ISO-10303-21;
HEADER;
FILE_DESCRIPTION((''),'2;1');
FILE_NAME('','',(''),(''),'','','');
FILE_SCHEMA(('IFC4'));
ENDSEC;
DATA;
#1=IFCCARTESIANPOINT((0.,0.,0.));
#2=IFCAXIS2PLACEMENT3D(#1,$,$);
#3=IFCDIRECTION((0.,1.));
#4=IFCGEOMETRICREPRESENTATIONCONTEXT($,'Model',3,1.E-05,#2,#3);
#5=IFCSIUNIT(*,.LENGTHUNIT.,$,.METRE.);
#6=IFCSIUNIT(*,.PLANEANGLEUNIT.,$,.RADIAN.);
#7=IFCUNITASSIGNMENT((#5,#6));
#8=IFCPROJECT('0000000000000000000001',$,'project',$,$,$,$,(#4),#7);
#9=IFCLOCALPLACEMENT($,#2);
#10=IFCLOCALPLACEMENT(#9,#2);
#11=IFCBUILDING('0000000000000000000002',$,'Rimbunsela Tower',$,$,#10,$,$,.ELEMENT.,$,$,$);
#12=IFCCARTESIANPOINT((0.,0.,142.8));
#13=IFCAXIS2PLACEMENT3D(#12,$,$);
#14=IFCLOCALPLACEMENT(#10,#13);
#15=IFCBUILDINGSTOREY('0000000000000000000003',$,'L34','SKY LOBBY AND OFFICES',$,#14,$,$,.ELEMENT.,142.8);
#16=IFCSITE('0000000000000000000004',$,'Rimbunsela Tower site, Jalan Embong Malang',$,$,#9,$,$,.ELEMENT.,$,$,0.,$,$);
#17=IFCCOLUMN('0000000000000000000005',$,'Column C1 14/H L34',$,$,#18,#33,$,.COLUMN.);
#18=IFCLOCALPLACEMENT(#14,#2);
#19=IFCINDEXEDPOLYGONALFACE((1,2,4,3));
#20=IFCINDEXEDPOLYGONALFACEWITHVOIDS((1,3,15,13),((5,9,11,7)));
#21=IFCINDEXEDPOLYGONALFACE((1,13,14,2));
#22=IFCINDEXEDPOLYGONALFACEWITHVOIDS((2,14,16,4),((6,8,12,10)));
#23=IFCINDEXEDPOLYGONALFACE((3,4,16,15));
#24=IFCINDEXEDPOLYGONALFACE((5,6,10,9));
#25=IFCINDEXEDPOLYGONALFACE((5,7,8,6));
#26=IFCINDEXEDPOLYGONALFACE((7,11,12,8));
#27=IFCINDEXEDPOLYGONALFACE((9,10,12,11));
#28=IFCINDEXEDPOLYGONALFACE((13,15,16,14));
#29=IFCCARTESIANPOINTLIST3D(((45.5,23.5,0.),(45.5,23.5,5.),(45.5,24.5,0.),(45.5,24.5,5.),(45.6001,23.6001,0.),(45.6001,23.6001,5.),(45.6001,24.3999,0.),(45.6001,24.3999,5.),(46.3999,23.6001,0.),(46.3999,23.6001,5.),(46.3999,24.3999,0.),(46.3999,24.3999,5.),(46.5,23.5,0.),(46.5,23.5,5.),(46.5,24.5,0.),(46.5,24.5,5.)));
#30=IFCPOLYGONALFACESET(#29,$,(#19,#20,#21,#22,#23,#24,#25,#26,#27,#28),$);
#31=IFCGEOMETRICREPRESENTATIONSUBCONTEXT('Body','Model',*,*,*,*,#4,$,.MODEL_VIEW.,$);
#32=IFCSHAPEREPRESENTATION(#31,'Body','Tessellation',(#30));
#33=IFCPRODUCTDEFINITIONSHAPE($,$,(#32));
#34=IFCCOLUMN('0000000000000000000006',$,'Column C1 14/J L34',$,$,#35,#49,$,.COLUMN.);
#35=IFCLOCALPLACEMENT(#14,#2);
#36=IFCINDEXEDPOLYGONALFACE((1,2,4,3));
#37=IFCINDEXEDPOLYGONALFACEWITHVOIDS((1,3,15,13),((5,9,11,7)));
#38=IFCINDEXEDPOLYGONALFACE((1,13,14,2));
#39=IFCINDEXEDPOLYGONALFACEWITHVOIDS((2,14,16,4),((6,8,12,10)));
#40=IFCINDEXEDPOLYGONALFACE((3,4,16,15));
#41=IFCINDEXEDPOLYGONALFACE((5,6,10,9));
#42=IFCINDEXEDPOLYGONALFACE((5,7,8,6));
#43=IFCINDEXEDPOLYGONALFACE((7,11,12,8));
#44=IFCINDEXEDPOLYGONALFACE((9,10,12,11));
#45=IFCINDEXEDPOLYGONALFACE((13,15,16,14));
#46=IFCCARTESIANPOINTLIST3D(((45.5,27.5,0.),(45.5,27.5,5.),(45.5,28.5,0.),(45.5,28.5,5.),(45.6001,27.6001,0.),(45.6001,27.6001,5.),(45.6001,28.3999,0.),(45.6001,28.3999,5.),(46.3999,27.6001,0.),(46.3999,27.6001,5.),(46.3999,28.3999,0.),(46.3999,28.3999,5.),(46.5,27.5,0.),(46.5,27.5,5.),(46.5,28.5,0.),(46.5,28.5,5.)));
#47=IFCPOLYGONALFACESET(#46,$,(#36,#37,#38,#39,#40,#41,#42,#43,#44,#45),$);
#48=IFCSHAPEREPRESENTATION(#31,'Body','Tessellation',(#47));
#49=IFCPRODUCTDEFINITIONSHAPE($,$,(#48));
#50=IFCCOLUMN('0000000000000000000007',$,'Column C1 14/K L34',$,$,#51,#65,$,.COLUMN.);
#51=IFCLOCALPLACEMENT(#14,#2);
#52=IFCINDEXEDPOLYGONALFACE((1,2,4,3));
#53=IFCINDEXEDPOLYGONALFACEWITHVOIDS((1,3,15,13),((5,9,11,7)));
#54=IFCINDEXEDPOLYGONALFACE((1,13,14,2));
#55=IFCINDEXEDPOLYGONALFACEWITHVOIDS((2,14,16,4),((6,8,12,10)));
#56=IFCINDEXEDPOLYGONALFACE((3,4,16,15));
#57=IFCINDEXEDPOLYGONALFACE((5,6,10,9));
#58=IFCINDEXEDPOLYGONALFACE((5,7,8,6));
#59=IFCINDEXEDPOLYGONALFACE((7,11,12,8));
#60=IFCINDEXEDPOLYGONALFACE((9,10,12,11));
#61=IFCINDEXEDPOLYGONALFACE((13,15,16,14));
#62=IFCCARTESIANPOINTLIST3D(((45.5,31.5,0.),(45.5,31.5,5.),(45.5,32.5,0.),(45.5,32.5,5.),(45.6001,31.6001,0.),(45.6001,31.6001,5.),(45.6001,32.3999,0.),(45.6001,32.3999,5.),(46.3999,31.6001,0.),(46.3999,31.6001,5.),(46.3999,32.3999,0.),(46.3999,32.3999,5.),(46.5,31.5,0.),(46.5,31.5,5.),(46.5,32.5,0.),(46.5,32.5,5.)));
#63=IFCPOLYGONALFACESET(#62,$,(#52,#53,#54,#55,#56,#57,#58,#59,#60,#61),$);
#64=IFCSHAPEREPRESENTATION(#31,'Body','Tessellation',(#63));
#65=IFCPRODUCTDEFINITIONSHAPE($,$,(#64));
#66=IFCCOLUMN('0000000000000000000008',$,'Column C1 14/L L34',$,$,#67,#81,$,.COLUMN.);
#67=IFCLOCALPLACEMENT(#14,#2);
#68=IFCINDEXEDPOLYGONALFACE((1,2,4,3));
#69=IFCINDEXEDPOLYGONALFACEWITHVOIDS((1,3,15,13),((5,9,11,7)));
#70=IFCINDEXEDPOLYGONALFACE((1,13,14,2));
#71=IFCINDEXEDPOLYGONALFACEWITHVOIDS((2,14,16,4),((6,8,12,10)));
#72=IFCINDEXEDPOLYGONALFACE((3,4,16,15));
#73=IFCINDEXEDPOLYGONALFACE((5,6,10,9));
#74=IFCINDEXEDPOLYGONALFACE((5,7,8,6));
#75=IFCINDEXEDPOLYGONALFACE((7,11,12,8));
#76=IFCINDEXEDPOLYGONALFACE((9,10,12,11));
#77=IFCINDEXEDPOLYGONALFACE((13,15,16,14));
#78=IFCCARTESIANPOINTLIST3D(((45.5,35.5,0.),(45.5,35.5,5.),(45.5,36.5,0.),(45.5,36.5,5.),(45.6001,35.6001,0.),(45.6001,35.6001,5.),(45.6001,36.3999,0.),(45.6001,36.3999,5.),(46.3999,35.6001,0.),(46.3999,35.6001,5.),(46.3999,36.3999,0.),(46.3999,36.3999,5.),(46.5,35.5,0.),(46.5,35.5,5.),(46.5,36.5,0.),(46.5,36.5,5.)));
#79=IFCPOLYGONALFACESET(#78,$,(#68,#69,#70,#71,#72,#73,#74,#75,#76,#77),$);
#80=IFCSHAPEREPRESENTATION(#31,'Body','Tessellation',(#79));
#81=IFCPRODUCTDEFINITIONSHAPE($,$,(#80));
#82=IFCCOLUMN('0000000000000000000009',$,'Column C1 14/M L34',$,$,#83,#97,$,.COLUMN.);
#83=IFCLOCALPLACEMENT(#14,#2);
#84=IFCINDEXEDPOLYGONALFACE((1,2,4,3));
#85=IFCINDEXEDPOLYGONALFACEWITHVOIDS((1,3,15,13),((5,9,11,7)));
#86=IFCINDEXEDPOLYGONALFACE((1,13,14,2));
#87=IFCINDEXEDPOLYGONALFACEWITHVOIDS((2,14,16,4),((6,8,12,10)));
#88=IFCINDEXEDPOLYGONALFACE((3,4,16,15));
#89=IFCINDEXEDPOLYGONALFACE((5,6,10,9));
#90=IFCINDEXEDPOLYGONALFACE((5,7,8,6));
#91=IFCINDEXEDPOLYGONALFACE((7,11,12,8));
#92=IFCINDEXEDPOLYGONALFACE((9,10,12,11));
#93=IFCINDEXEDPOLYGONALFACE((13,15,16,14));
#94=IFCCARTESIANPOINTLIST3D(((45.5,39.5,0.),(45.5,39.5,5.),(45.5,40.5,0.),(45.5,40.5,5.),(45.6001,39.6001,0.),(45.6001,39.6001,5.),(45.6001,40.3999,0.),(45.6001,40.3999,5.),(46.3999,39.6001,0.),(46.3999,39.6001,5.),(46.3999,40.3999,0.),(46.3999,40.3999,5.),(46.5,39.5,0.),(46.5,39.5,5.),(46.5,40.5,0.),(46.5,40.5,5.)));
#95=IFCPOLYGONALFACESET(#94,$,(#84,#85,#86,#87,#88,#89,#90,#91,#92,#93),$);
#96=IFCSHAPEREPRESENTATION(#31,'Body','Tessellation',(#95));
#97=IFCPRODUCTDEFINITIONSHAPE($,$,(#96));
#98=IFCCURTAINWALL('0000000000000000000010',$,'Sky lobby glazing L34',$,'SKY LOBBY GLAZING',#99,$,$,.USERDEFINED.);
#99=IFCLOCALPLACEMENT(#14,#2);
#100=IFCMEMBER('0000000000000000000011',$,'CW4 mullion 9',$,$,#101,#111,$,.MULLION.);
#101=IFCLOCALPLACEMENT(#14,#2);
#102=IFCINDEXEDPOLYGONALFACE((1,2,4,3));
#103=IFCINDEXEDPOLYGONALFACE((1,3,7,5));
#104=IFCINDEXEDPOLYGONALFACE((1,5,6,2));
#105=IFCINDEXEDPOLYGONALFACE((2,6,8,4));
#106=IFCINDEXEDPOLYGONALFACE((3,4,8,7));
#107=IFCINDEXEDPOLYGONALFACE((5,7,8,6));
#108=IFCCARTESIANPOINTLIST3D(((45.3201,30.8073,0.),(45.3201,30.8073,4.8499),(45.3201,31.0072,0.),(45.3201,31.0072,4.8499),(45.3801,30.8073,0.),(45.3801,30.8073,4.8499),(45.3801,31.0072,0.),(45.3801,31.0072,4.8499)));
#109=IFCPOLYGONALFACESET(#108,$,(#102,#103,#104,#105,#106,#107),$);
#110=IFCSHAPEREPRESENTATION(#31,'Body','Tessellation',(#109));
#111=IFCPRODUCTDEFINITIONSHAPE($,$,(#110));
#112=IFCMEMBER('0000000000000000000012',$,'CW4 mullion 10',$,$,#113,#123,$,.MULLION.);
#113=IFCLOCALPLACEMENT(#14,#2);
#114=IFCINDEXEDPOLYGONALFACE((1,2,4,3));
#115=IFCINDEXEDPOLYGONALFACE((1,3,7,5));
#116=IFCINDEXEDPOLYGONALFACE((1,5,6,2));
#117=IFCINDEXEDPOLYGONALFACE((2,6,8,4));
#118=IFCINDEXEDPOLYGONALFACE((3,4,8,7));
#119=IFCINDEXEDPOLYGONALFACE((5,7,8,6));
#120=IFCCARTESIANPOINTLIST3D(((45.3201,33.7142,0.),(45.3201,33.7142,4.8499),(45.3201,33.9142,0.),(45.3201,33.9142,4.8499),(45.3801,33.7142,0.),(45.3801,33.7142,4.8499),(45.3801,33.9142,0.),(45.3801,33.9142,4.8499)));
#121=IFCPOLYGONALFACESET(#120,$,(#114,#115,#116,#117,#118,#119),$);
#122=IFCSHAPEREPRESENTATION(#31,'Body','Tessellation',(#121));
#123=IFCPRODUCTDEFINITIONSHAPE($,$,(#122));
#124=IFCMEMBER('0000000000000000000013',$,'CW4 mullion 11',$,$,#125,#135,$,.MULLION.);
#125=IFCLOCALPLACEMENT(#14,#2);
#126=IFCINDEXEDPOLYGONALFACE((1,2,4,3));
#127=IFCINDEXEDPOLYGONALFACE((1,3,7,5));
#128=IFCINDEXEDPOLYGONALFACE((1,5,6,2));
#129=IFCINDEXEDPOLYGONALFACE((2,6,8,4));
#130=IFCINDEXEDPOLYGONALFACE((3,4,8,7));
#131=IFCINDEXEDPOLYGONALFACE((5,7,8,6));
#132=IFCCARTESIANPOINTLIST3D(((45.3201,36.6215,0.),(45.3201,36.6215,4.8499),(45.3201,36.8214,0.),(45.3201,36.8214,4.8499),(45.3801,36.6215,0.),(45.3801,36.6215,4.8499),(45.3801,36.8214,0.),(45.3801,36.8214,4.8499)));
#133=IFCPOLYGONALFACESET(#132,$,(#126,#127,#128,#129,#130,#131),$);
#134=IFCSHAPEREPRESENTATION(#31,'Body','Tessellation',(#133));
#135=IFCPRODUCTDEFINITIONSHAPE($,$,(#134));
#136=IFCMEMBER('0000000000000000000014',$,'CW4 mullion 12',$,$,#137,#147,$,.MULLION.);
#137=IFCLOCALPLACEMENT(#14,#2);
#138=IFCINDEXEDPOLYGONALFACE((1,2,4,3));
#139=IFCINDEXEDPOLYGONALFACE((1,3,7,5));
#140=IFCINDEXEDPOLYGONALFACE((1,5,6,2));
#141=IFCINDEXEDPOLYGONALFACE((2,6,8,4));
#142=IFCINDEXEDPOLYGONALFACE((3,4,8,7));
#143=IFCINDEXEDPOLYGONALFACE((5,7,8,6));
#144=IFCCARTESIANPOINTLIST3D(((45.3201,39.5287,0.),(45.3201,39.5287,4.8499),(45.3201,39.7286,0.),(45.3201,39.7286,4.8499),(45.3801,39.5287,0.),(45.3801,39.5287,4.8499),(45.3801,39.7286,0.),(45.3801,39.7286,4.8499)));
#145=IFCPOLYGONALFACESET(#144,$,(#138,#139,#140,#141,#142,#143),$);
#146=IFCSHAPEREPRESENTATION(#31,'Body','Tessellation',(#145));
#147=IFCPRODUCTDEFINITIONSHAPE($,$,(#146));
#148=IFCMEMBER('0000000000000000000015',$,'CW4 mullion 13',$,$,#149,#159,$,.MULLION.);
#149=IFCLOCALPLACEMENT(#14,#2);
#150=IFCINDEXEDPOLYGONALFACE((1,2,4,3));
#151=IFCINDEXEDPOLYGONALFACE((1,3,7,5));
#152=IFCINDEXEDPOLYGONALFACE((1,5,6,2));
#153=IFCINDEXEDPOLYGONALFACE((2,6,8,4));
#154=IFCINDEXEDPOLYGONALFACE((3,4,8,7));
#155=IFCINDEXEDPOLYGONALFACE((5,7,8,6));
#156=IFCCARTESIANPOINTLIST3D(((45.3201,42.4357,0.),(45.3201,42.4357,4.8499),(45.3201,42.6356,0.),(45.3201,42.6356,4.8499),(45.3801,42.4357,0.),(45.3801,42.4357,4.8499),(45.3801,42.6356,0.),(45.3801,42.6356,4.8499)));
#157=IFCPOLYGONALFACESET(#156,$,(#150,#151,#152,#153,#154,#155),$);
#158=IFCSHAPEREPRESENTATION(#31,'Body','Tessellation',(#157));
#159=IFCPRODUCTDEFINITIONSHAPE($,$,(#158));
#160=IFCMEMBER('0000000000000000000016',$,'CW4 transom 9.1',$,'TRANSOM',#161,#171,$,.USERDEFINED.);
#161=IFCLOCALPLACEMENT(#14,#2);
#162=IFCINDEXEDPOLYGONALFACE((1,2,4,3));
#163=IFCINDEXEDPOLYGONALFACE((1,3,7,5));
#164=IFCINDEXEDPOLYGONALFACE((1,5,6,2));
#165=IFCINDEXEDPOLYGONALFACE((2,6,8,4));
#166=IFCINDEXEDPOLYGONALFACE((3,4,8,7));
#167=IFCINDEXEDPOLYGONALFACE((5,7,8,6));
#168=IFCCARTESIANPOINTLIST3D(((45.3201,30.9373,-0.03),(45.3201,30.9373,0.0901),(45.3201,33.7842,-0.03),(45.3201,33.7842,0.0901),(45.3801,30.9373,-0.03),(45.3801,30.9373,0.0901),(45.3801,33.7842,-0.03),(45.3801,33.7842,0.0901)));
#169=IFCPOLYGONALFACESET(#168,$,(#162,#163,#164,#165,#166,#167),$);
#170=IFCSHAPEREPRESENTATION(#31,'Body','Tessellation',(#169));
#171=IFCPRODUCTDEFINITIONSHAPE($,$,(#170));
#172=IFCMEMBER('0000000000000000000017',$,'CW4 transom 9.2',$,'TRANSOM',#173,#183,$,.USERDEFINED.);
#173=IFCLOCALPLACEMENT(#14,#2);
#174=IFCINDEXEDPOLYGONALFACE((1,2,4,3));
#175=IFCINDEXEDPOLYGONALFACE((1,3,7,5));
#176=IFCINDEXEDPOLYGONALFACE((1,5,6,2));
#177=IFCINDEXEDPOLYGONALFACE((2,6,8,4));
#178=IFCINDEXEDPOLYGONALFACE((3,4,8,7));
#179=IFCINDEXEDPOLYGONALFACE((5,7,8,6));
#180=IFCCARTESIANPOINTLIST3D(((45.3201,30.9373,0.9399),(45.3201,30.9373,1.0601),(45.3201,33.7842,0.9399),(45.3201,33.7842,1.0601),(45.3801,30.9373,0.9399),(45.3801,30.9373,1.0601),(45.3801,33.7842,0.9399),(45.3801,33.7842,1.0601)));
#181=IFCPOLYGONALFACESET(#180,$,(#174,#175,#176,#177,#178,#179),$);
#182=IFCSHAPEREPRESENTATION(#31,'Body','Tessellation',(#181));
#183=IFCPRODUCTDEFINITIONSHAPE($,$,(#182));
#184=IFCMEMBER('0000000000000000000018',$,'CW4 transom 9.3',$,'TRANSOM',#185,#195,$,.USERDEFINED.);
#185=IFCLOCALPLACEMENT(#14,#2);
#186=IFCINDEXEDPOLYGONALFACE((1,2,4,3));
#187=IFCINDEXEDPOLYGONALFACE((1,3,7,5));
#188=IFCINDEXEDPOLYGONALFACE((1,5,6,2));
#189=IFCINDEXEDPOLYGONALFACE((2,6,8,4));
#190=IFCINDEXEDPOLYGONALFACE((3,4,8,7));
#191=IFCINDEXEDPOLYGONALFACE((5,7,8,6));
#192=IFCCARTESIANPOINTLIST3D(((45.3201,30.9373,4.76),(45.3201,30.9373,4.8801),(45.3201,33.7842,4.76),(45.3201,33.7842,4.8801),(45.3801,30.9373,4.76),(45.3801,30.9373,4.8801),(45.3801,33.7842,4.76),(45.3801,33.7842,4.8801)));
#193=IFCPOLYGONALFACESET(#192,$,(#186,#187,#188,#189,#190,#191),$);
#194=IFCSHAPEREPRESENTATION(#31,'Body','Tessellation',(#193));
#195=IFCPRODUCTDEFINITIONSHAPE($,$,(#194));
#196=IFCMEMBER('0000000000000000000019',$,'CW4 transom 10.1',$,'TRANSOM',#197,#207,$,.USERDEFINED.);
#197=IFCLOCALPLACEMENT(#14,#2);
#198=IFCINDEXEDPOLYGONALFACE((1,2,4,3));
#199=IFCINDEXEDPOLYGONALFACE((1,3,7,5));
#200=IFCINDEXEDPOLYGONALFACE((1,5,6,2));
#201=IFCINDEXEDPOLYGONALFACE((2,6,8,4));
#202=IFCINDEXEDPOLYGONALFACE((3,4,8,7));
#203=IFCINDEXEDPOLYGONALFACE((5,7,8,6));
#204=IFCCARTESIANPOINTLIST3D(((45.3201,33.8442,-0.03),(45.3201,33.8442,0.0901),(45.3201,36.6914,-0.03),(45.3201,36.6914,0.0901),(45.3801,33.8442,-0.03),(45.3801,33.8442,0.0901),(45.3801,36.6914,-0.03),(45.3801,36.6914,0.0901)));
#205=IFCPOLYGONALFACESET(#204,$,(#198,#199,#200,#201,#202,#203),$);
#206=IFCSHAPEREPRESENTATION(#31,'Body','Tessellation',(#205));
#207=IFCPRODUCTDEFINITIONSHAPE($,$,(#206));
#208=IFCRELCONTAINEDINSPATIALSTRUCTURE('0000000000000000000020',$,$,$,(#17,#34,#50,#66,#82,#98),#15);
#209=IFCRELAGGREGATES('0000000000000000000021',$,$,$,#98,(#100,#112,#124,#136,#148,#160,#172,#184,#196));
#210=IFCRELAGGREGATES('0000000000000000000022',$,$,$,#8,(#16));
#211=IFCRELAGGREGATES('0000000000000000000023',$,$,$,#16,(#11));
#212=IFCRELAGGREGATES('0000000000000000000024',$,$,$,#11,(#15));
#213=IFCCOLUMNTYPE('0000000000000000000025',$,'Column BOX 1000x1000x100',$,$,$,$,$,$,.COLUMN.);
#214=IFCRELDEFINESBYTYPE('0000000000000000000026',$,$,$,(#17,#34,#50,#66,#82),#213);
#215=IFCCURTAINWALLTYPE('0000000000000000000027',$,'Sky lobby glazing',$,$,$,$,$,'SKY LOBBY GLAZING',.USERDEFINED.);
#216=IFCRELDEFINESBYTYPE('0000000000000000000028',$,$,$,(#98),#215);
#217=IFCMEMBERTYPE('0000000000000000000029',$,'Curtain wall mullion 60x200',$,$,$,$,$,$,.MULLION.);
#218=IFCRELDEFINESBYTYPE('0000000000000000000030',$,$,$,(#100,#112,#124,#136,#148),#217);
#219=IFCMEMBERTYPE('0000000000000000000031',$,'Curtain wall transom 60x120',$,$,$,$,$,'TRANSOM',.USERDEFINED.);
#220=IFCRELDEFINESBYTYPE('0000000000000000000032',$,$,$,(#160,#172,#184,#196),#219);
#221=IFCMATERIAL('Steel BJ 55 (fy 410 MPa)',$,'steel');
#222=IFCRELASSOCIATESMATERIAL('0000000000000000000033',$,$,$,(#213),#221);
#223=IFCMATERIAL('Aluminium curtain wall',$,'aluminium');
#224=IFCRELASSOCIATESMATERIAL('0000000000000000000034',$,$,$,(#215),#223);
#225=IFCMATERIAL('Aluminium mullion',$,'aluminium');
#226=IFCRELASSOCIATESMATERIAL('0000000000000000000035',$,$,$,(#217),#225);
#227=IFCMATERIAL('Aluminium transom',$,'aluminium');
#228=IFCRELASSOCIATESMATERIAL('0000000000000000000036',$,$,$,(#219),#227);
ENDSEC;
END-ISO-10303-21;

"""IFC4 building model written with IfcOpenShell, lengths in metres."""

from ifc_helpers import new_model, si_unit, direction, frame, origin, origin_2d, place, context, subcontext, project, spatial, rectangle, hollow_rectangle, extrude, material, material_profile, profile_set, type_object, element, aggregate, save


model = new_model("IFC4")

# Units and contexts
model_context = context("Model", 3, precision=1e-05, world=origin(), true_north=direction((0.0, 1.0)))
body_context = subcontext(model_context, "Body", "Model", "MODEL_VIEW")
ifc_project = project(units=[si_unit("LENGTHUNIT", "METRE"), si_unit("PLANEANGLEUNIT", "RADIAN")], contexts=[model_context])

# Site, building, storey
site_placement = place(None, origin())
site = spatial("IfcSite", under=ifc_project, at=site_placement, Name="Rimbunsela Tower site, Jalan Embong Malang", CompositionType="ELEMENT", RefElevation=0.0)
building_placement = place(site_placement, origin())
building = spatial("IfcBuilding", under=site, at=building_placement, Name="Rimbunsela Tower", CompositionType="ELEMENT")
storey_placement = place(building_placement, frame((0.0, 0.0, 142.8)))
storey = spatial("IfcBuildingStorey", under=building, at=storey_placement, Name="L34", Description="SKY LOBBY AND OFFICES", CompositionType="ELEMENT", Elevation=142.8)

# Columns
ifc_material_1 = material(Name="Steel BJ 55 (fy 410 MPa)", Category="steel")
ifc_material_profile_1 = material_profile(ifc_material_1, hollow_rectangle(XDim=1.0, YDim=1.0, WallThickness=0.1001, at=origin_2d()), Name="BOX 1000x1000x100")
ifc_profile_set_1 = profile_set([ifc_material_profile_1], Name="Steel BJ 55 (fy 410 MPa)")
column_type = type_object("IfcColumnType", Name="Column BOX 1000x1000x100", PredefinedType="COLUMN", material=ifc_profile_set_1)
for number, where, z_axis, x_axis, name in (
    (1, (46.0, 24.0, 0.0), (0.0, 0.0, 1.0), (1.0, 0.0, 0.0), "Column C1 14/H L34"),
    (2, (46.0, 28.0, 0.0), (0.0, 0.0, 1.0), (1.0, 0.0, 0.0), "Column C1 14/J L34"),
    (3, (46.0, 32.0, 0.0), (0.0, 0.0, 1.0), (1.0, 0.0, 0.0), "Column C1 14/K L34"),
    (4, (46.0, 36.0, 0.0), (0.0, 0.0, 1.0), (1.0, 0.0, 0.0), "Column C1 14/L L34"),
    (5, (46.0, 40.0, 0.0), (0.0, 0.0, 1.0), (1.0, 0.0, 0.0), "Column C1 14/M L34"),
):
    element("IfcColumn", number, at=place(storey_placement, frame(where, z_axis=z_axis, x_axis=x_axis)), inside=storey, type_object=column_type, Name=name, PredefinedType="COLUMN", context=body_context, shape_type="SweptSolid", body=[
        extrude(hollow_rectangle(XDim=1.0, YDim=1.0, WallThickness=0.1001, at=origin_2d()), origin(), (0.0, 0.0, 1.0), 5.0),
    ])

# Curtain wall, members
ifc_material_2 = material(Name="Aluminium curtain wall", Category="aluminium")
curtain_wall_type = type_object("IfcCurtainWallType", Name="Sky lobby glazing", ElementType="SKY LOBBY GLAZING", PredefinedType="USERDEFINED", material=ifc_material_2)
curtain_wall_placement = place(storey_placement, origin())
curtain_wall = element("IfcCurtainWall", 6, at=curtain_wall_placement, inside=storey, type_object=curtain_wall_type, Name="Sky lobby glazing L34", ObjectType="SKY LOBBY GLAZING", PredefinedType="USERDEFINED")
ifc_material_3 = material(Name="Aluminium mullion", Category="aluminium")
ifc_material_profile_2 = material_profile(ifc_material_3, rectangle(XDim=0.0601, YDim=0.2, at=origin_2d()), Name="Mullion 60x200")
ifc_profile_set_2 = profile_set([ifc_material_profile_2], Name="Aluminium mullion")
member_type_1 = type_object("IfcMemberType", Name="Curtain wall mullion 60x200", PredefinedType="MULLION", material=ifc_profile_set_2)
member_1_placement = place(storey_placement, frame((45.3501, 30.9072, 0.0), z_axis=(0.0, 0.0, 1.0), x_axis=(-1.0, 0.0, 0.0)))
member_1 = element("IfcMember", 7, at=member_1_placement, type_object=member_type_1, Name="CW4 mullion 9", PredefinedType="MULLION", context=body_context, shape_type="SweptSolid", body=[
    extrude(rectangle(XDim=0.0601, YDim=0.2, at=origin_2d()), origin(), (0.0, 0.0, 1.0), 4.8499),
])
member_2_placement = place(storey_placement, frame((45.3501, 33.8142, 0.0), z_axis=(0.0, 0.0, 1.0), x_axis=(-1.0, 0.0, 0.0)))
member_2 = element("IfcMember", 8, at=member_2_placement, type_object=member_type_1, Name="CW4 mullion 10", PredefinedType="MULLION", context=body_context, shape_type="SweptSolid", body=[
    extrude(rectangle(XDim=0.0601, YDim=0.2, at=origin_2d()), origin(), (0.0, 0.0, 1.0), 4.8499),
])
member_3_placement = place(storey_placement, frame((45.3501, 36.7214, 0.0), z_axis=(0.0, 0.0, 1.0), x_axis=(-1.0, 0.0, 0.0)))
member_3 = element("IfcMember", 9, at=member_3_placement, type_object=member_type_1, Name="CW4 mullion 11", PredefinedType="MULLION", context=body_context, shape_type="SweptSolid", body=[
    extrude(rectangle(XDim=0.0601, YDim=0.2, at=origin_2d()), origin(), (0.0, 0.0, 1.0), 4.8499),
])
member_4_placement = place(storey_placement, frame((45.3501, 39.6287, 0.0), z_axis=(0.0, 0.0, 1.0), x_axis=(-1.0, 0.0, 0.0)))
member_4 = element("IfcMember", 10, at=member_4_placement, type_object=member_type_1, Name="CW4 mullion 12", PredefinedType="MULLION", context=body_context, shape_type="SweptSolid", body=[
    extrude(rectangle(XDim=0.0601, YDim=0.2, at=origin_2d()), origin(), (0.0, 0.0, 1.0), 4.8499),
])
member_5_placement = place(storey_placement, frame((45.3501, 42.5356, 0.0), z_axis=(0.0, 0.0, 1.0), x_axis=(-1.0, 0.0, 0.0)))
member_5 = element("IfcMember", 11, at=member_5_placement, type_object=member_type_1, Name="CW4 mullion 13", PredefinedType="MULLION", context=body_context, shape_type="SweptSolid", body=[
    extrude(rectangle(XDim=0.0601, YDim=0.2, at=origin_2d()), origin(), (0.0, 0.0, 1.0), 4.8499),
])
ifc_material_4 = material(Name="Aluminium transom", Category="aluminium")
ifc_material_profile_3 = material_profile(ifc_material_4, rectangle(XDim=0.0601, YDim=0.1201, at=origin_2d()), Name="Transom 60x120")
ifc_profile_set_3 = profile_set([ifc_material_profile_3], Name="Aluminium transom")
member_type_2 = type_object("IfcMemberType", Name="Curtain wall transom 60x120", ElementType="TRANSOM", PredefinedType="USERDEFINED", material=ifc_profile_set_3)
member_6_placement = place(storey_placement, frame((45.3501, 30.9373, 0.03), z_axis=(0.0, 1.0, 0.0), x_axis=(-1.0, 0.0, 0.0)))
member_6 = element("IfcMember", 12, at=member_6_placement, type_object=member_type_2, Name="CW4 transom 9.1", ObjectType="TRANSOM", PredefinedType="USERDEFINED", context=body_context, shape_type="SweptSolid", body=[
    extrude(rectangle(XDim=0.0601, YDim=0.1201, at=origin_2d()), origin(), (0.0, 0.0, 1.0), 2.8469),
])
member_7_placement = place(storey_placement, frame((45.3501, 30.9373, 1.0), z_axis=(0.0, 1.0, 0.0), x_axis=(-1.0, 0.0, 0.0)))
member_7 = element("IfcMember", 13, at=member_7_placement, type_object=member_type_2, Name="CW4 transom 9.2", ObjectType="TRANSOM", PredefinedType="USERDEFINED", context=body_context, shape_type="SweptSolid", body=[
    extrude(rectangle(XDim=0.0601, YDim=0.1201, at=origin_2d()), origin(), (0.0, 0.0, 1.0), 2.8469),
])
member_8_placement = place(storey_placement, frame((45.3501, 30.9373, 4.8201), z_axis=(0.0, 1.0, 0.0), x_axis=(-1.0, 0.0, 0.0)))
member_8 = element("IfcMember", 14, at=member_8_placement, type_object=member_type_2, Name="CW4 transom 9.3", ObjectType="TRANSOM", PredefinedType="USERDEFINED", context=body_context, shape_type="SweptSolid", body=[
    extrude(rectangle(XDim=0.0601, YDim=0.1201, at=origin_2d()), origin(), (0.0, 0.0, 1.0), 2.8469),
])
member_9_placement = place(storey_placement, frame((45.3501, 33.8442, 0.03), z_axis=(0.0, 1.0, 0.0), x_axis=(-1.0, 0.0, 0.0)))
member_9 = element("IfcMember", 15, at=member_9_placement, type_object=member_type_2, Name="CW4 transom 10.1", ObjectType="TRANSOM", PredefinedType="USERDEFINED", context=body_context, shape_type="SweptSolid", body=[
    extrude(rectangle(XDim=0.0601, YDim=0.1201, at=origin_2d()), origin(), (0.0, 0.0, 1.0), 2.8472),
])
aggregate(curtain_wall, [member_1, member_2, member_3, member_4, member_5, member_6, member_7, member_8, member_9])

save(model, "model.ifc")
